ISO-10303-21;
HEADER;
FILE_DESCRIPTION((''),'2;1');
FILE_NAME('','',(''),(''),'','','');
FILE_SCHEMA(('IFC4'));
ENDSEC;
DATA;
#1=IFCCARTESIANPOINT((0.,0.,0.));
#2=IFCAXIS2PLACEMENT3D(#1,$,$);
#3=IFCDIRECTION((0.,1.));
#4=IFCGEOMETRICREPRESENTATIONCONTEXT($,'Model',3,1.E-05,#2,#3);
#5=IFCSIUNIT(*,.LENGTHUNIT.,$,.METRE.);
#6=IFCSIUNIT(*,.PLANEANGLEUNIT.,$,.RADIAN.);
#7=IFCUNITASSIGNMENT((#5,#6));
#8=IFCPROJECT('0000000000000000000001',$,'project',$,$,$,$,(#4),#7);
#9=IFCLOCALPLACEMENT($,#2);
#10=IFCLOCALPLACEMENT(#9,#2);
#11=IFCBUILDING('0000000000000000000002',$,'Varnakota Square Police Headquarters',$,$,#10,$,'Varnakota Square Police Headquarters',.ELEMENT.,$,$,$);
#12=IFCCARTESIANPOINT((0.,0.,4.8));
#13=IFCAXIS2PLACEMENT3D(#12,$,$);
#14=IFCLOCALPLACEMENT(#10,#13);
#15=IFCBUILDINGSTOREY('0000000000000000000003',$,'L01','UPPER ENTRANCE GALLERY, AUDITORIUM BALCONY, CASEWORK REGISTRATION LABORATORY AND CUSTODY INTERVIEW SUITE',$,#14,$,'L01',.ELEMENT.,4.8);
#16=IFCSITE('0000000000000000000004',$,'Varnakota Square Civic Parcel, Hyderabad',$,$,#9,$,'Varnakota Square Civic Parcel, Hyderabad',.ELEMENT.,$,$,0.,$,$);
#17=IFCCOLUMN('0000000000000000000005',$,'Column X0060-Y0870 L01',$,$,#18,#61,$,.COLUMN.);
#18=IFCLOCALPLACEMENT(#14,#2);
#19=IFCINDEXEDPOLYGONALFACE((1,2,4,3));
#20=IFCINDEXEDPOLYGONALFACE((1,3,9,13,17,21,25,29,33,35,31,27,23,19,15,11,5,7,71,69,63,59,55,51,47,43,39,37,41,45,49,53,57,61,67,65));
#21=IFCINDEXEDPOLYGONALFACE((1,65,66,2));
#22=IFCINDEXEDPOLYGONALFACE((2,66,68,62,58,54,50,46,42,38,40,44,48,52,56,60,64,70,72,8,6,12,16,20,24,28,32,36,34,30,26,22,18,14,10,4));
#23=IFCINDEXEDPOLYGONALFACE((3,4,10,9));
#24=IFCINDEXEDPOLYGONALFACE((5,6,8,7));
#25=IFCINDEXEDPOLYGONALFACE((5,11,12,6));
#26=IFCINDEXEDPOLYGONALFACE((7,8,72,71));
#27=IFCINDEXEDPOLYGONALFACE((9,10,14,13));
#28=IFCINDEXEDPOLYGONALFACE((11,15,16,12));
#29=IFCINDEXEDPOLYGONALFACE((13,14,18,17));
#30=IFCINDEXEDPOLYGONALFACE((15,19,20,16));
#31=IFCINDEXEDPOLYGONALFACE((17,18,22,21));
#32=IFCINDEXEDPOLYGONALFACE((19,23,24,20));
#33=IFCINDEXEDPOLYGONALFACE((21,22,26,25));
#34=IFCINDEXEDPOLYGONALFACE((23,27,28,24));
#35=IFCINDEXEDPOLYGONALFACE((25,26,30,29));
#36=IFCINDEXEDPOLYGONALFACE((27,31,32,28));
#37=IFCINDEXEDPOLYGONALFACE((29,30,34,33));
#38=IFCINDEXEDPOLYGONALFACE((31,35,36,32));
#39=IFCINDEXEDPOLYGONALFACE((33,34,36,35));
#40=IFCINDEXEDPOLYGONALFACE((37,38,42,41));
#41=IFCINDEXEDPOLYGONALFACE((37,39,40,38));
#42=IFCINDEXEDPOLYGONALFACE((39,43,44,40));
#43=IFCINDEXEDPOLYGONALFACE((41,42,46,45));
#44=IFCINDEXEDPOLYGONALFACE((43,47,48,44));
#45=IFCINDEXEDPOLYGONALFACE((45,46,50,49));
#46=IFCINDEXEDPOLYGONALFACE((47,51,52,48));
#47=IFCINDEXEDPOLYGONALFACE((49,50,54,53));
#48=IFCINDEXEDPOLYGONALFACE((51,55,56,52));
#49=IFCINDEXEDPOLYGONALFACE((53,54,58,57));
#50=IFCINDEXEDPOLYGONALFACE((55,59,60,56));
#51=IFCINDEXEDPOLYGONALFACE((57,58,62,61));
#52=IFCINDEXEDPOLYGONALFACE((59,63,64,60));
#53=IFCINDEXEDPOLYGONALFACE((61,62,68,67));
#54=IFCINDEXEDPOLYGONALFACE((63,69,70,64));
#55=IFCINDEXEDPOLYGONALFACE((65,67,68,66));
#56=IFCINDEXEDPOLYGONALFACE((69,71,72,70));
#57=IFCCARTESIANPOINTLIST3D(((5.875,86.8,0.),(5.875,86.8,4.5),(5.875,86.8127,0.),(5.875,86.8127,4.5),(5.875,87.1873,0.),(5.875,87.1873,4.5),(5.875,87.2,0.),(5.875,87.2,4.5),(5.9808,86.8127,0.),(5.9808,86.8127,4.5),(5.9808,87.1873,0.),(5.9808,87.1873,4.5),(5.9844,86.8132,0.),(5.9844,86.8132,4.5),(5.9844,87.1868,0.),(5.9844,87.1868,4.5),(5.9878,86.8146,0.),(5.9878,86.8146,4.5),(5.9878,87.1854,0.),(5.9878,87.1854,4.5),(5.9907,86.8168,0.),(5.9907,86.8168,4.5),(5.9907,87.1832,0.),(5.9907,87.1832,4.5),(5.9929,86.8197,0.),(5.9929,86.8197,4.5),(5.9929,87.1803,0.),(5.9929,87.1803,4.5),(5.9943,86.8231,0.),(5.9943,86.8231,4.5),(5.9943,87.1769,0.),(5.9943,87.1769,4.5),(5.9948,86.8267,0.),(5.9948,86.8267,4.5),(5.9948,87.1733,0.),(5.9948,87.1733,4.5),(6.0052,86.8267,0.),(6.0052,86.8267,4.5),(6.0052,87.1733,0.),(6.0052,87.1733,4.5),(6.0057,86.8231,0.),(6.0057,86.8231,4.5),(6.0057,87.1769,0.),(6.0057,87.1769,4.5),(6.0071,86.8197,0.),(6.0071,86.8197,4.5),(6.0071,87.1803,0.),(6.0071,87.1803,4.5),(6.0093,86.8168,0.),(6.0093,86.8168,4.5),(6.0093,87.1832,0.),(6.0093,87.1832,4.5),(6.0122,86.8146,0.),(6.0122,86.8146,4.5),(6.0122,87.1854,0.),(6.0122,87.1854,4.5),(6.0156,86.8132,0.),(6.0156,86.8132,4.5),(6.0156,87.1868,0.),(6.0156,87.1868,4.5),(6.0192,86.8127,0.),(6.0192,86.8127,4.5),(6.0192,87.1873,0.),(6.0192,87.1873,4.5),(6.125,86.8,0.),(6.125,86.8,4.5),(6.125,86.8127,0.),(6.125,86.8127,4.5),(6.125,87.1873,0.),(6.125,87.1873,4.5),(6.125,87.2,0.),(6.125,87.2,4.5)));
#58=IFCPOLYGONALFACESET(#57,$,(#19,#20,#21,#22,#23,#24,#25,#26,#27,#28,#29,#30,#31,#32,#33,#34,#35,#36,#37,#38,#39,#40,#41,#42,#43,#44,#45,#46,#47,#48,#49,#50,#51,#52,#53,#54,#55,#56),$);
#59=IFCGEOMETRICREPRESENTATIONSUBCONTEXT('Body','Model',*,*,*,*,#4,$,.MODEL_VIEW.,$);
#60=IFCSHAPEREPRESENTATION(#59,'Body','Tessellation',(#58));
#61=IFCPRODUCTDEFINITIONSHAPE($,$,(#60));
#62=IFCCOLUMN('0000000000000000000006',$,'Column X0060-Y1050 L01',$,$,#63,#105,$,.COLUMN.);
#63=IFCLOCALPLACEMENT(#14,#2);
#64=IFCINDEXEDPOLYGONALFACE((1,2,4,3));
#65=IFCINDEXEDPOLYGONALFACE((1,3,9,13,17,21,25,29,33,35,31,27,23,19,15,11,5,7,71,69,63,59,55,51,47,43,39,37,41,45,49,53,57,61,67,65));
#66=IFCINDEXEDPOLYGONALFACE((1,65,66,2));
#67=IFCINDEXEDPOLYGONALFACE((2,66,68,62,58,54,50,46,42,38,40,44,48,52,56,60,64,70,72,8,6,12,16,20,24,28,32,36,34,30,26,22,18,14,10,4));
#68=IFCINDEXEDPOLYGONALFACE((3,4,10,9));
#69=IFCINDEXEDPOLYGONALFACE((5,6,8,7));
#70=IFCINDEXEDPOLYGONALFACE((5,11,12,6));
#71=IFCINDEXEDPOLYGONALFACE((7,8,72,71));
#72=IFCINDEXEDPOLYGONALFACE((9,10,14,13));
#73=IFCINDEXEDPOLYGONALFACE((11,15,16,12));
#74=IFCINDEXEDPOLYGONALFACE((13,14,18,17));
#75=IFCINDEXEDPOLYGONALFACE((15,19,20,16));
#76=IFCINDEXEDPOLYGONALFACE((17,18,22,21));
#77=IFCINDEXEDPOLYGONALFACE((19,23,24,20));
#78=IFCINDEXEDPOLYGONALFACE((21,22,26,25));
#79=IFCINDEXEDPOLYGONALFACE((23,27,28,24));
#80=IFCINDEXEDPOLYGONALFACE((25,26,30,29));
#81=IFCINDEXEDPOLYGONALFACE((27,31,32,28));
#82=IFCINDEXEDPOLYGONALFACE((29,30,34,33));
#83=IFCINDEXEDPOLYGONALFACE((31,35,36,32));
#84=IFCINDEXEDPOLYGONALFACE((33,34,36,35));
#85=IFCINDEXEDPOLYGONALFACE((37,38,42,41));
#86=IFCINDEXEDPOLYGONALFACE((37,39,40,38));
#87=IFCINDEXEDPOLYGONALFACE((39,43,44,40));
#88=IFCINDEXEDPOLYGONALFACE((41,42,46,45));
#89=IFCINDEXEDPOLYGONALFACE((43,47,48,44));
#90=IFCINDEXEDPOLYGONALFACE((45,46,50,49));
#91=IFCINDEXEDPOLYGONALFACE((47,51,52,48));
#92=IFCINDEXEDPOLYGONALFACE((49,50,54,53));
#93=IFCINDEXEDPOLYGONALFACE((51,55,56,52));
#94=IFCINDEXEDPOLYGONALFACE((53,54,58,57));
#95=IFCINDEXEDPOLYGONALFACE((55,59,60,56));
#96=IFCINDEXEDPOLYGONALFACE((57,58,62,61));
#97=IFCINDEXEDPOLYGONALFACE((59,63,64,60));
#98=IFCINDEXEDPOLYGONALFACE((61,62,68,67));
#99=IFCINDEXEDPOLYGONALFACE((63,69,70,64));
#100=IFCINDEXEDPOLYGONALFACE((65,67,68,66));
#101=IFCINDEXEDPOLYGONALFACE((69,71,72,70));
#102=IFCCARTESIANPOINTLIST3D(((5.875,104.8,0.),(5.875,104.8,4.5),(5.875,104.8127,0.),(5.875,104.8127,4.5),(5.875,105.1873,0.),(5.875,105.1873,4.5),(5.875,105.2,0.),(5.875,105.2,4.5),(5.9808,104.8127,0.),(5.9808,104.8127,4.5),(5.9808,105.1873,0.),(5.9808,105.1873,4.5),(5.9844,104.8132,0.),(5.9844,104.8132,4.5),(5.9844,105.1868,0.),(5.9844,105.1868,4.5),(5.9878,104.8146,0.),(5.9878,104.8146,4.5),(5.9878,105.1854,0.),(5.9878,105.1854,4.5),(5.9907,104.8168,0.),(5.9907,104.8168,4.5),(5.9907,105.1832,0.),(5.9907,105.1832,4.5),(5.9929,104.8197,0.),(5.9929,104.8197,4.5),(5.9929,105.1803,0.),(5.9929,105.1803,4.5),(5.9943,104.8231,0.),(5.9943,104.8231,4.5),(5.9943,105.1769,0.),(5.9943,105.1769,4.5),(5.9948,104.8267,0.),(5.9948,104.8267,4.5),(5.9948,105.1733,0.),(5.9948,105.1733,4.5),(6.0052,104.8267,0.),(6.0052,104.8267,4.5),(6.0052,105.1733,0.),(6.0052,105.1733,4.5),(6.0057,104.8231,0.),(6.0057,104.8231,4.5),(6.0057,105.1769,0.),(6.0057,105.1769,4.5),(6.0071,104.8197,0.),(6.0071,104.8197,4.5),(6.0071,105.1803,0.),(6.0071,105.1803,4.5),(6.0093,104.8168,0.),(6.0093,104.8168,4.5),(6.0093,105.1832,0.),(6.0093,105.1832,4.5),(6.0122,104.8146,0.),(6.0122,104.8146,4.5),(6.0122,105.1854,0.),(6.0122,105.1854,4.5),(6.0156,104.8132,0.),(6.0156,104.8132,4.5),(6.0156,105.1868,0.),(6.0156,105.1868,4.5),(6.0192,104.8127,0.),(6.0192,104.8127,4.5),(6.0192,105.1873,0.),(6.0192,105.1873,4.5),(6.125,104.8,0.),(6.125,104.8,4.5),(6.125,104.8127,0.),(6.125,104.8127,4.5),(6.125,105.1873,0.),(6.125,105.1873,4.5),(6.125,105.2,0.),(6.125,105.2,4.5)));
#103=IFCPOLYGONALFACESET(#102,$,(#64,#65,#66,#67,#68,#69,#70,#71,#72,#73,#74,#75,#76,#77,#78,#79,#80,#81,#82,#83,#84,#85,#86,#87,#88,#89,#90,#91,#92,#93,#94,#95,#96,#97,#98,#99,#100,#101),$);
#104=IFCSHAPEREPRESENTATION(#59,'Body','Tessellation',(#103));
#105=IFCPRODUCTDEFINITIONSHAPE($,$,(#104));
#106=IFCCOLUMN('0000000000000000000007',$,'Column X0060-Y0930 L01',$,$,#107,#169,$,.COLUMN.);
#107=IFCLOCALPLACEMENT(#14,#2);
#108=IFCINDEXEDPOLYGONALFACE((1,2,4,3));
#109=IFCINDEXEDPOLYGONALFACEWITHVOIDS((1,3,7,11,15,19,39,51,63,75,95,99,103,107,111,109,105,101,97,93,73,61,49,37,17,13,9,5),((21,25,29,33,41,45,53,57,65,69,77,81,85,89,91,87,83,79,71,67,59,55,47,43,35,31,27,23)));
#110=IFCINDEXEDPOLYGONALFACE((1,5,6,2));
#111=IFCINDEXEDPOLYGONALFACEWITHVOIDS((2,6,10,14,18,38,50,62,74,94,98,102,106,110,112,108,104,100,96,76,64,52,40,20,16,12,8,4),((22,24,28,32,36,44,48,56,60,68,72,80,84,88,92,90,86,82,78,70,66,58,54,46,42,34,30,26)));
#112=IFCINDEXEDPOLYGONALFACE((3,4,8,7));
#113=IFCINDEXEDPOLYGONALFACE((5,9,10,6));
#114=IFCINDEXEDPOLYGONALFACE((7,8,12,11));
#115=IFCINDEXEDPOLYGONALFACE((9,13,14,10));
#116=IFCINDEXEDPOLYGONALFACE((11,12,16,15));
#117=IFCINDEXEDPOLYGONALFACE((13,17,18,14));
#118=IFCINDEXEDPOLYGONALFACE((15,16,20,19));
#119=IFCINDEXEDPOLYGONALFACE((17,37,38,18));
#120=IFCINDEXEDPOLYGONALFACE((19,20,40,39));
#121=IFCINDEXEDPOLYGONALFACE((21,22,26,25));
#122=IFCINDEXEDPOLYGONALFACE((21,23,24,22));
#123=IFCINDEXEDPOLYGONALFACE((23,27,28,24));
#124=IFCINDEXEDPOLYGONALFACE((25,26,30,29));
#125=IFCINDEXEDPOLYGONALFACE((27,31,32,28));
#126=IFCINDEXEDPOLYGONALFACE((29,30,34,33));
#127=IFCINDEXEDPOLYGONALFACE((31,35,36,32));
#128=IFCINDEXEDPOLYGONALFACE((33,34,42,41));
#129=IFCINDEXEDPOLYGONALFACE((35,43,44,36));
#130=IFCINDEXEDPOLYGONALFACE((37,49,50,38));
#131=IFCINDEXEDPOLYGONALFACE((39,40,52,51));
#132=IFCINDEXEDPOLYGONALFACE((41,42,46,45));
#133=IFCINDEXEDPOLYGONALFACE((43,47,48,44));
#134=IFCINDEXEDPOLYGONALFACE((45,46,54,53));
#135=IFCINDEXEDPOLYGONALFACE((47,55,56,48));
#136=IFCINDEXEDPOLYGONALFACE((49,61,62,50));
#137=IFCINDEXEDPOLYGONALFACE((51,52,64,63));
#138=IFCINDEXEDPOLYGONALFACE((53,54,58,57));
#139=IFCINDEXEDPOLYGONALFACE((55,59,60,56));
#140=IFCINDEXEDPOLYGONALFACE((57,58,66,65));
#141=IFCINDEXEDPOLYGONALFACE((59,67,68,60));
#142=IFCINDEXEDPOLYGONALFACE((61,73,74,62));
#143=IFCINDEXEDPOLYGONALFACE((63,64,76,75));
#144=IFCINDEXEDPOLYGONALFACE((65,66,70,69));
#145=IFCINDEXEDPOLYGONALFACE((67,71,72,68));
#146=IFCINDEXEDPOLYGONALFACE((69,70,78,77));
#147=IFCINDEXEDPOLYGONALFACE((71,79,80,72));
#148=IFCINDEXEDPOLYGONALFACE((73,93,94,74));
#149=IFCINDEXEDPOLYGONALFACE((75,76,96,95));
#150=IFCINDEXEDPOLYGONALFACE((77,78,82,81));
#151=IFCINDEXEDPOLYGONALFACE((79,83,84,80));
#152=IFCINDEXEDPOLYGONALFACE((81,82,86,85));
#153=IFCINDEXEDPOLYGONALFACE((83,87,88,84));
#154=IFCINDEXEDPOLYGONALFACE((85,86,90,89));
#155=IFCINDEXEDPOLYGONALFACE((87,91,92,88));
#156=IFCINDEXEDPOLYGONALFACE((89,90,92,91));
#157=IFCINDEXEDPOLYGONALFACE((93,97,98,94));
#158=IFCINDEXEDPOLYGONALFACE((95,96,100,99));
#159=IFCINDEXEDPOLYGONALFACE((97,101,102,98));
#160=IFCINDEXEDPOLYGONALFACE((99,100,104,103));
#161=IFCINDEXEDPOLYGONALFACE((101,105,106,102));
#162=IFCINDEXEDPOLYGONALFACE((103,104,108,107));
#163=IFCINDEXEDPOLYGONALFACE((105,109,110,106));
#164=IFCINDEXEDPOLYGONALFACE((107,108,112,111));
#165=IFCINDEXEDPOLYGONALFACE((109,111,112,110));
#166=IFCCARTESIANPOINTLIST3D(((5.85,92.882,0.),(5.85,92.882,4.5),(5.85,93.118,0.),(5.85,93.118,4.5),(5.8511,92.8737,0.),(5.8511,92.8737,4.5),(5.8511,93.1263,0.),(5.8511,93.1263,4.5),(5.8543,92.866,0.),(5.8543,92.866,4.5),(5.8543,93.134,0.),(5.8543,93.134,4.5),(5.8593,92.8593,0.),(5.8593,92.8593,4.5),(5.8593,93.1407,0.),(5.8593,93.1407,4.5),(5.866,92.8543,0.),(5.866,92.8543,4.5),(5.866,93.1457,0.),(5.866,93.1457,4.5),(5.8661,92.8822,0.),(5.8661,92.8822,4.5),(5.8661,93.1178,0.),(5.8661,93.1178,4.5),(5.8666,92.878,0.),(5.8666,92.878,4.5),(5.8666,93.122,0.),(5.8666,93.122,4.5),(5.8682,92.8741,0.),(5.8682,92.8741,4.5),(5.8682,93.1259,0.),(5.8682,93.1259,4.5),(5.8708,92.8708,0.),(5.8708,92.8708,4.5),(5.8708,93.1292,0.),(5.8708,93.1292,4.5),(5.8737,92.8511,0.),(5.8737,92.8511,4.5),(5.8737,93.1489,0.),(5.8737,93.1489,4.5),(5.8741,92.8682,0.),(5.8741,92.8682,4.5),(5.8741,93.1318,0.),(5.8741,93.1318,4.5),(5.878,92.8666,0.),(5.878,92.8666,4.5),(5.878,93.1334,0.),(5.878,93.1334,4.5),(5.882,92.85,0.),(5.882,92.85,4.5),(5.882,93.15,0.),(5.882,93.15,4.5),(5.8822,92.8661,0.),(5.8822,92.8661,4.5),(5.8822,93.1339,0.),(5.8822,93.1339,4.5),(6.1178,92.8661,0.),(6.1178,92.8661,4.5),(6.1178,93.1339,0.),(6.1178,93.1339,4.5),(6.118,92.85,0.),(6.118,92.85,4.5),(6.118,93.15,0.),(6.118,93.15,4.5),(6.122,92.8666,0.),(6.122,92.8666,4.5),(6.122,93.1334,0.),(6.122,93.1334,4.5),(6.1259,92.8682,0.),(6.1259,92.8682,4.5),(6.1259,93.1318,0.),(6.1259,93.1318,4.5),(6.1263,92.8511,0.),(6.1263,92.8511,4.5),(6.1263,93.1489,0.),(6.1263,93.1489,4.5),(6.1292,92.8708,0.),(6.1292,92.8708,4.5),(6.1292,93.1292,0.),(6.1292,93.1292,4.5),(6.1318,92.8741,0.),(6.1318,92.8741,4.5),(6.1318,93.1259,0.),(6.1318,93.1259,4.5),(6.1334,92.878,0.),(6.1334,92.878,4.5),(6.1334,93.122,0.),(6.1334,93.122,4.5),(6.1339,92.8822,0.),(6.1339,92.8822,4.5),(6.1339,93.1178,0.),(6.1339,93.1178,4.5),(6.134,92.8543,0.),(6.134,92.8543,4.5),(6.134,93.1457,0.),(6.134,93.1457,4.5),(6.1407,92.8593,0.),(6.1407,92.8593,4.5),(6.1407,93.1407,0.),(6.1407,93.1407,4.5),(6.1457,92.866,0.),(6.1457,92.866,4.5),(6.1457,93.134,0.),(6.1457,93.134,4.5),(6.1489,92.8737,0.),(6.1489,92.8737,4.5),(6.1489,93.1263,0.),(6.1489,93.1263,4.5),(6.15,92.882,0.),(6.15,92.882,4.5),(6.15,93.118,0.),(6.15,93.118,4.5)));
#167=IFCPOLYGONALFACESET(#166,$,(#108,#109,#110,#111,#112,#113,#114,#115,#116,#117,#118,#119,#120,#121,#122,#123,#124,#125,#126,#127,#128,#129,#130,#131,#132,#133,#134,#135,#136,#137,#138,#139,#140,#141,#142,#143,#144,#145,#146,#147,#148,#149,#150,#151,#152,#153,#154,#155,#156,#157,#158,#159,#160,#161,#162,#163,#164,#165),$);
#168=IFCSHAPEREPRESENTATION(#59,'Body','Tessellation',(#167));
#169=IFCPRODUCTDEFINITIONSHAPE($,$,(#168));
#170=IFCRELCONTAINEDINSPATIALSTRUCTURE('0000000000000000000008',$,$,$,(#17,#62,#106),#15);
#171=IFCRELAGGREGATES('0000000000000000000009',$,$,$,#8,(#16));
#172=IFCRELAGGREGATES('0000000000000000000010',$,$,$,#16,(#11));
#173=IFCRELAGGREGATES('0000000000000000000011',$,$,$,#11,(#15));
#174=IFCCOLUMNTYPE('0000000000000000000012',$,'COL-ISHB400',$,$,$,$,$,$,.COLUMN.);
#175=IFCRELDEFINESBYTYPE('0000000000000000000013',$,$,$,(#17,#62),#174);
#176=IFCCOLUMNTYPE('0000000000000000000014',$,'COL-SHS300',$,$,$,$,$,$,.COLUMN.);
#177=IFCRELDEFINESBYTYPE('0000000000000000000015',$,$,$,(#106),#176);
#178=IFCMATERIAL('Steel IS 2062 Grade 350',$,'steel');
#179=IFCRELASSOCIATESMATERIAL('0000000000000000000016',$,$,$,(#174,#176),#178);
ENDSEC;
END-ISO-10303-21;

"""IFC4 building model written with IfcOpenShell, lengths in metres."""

from ifc_helpers import new_model, si_unit, direction, frame, origin, origin_2d, place, context, subcontext, project, spatial, hollow_rectangle, i_section, extrude, material, material_profile, profile_set, type_object, element, save


model = new_model("IFC4")

# Units and contexts
model_context = context("Model", 3, precision=1e-05, world=origin(), true_north=direction((0.0, 1.0)))
body_context = subcontext(model_context, "Body", "Model", "MODEL_VIEW")
ifc_project = project(units=[si_unit("LENGTHUNIT", "METRE"), si_unit("PLANEANGLEUNIT", "RADIAN")], contexts=[model_context])

# Site, building, storey
site_placement = place(None, origin())
site = spatial("IfcSite", under=ifc_project, at=site_placement, Name="Varnakota Square Civic Parcel, Hyderabad", LongName="Varnakota Square Civic Parcel, Hyderabad", CompositionType="ELEMENT", RefElevation=0.0)
building_placement = place(site_placement, origin())
building = spatial("IfcBuilding", under=site, at=building_placement, Name="Varnakota Square Police Headquarters", LongName="Varnakota Square Police Headquarters", CompositionType="ELEMENT")
storey_placement = place(building_placement, frame((0.0, 0.0, 4.8)))
storey = spatial("IfcBuildingStorey", under=building, at=storey_placement, Name="L01", Description="UPPER ENTRANCE GALLERY, AUDITORIUM BALCONY, CASEWORK REGISTRATION LABORATORY AND CUSTODY INTERVIEW SUITE", LongName="L01", CompositionType="ELEMENT", Elevation=4.8)

# Columns
ifc_material_1 = material(Name="Steel IS 2062 Grade 350", Category="steel")
ifc_material_profile_1 = material_profile(ifc_material_1, i_section(OverallWidth=0.25, OverallDepth=0.3999, WebThickness=0.0105, FlangeThickness=0.0127, FilletRadius=0.0139, at=origin_2d()), Name="ISHB 400")
ifc_profile_set_1 = profile_set([ifc_material_profile_1], Name="Steel IS 2062 Grade 350")
column_type_1 = type_object("IfcColumnType", Name="COL-ISHB400", PredefinedType="COLUMN", material=ifc_profile_set_1)
for number, where, z_axis, x_axis, name in (
    (1, (6.0, 87.0, 0.0), (0.0, 0.0, 1.0), (1.0, 0.0, 0.0), "Column X0060-Y0870 L01"),
    (2, (6.0, 105.0, 0.0), (0.0, 0.0, 1.0), (1.0, 0.0, 0.0), "Column X0060-Y1050 L01"),
):
    element("IfcColumn", number, at=place(storey_placement, frame(where, z_axis=z_axis, x_axis=x_axis)), inside=storey, type_object=column_type_1, Name=name, PredefinedType="COLUMN", context=body_context, shape_type="SweptSolid", body=[
        extrude(i_section(OverallWidth=0.25, OverallDepth=0.3999, WebThickness=0.0105, FlangeThickness=0.0127, FilletRadius=0.0139, at=origin_2d()), origin(), (0.0, 0.0, 1.0), 4.5),
    ])
ifc_material_profile_2 = material_profile(ifc_material_1, hollow_rectangle(XDim=0.3, YDim=0.3, WallThickness=0.0161, InnerFilletRadius=0.0161, OuterFilletRadius=0.032, at=origin_2d()), Name="SHS 300x300x16")
ifc_profile_set_2 = profile_set([ifc_material_profile_2], Name="Steel IS 2062 Grade 350")
column_type_2 = type_object("IfcColumnType", Name="COL-SHS300", PredefinedType="COLUMN", material=ifc_profile_set_2)
for number, where, z_axis, x_axis, name in (
    (3, (6.0, 93.0, 0.0), (0.0, 0.0, 1.0), (1.0, 0.0, 0.0), "Column X0060-Y0930 L01"),
):
    element("IfcColumn", number, at=place(storey_placement, frame(where, z_axis=z_axis, x_axis=x_axis)), inside=storey, type_object=column_type_2, Name=name, PredefinedType="COLUMN", context=body_context, shape_type="SweptSolid", body=[
        extrude(hollow_rectangle(XDim=0.3, YDim=0.3, WallThickness=0.0161, InnerFilletRadius=0.0161, OuterFilletRadius=0.032, at=origin_2d()), origin(), (0.0, 0.0, 1.0), 4.5),
    ])

save(model, "model.ifc")
